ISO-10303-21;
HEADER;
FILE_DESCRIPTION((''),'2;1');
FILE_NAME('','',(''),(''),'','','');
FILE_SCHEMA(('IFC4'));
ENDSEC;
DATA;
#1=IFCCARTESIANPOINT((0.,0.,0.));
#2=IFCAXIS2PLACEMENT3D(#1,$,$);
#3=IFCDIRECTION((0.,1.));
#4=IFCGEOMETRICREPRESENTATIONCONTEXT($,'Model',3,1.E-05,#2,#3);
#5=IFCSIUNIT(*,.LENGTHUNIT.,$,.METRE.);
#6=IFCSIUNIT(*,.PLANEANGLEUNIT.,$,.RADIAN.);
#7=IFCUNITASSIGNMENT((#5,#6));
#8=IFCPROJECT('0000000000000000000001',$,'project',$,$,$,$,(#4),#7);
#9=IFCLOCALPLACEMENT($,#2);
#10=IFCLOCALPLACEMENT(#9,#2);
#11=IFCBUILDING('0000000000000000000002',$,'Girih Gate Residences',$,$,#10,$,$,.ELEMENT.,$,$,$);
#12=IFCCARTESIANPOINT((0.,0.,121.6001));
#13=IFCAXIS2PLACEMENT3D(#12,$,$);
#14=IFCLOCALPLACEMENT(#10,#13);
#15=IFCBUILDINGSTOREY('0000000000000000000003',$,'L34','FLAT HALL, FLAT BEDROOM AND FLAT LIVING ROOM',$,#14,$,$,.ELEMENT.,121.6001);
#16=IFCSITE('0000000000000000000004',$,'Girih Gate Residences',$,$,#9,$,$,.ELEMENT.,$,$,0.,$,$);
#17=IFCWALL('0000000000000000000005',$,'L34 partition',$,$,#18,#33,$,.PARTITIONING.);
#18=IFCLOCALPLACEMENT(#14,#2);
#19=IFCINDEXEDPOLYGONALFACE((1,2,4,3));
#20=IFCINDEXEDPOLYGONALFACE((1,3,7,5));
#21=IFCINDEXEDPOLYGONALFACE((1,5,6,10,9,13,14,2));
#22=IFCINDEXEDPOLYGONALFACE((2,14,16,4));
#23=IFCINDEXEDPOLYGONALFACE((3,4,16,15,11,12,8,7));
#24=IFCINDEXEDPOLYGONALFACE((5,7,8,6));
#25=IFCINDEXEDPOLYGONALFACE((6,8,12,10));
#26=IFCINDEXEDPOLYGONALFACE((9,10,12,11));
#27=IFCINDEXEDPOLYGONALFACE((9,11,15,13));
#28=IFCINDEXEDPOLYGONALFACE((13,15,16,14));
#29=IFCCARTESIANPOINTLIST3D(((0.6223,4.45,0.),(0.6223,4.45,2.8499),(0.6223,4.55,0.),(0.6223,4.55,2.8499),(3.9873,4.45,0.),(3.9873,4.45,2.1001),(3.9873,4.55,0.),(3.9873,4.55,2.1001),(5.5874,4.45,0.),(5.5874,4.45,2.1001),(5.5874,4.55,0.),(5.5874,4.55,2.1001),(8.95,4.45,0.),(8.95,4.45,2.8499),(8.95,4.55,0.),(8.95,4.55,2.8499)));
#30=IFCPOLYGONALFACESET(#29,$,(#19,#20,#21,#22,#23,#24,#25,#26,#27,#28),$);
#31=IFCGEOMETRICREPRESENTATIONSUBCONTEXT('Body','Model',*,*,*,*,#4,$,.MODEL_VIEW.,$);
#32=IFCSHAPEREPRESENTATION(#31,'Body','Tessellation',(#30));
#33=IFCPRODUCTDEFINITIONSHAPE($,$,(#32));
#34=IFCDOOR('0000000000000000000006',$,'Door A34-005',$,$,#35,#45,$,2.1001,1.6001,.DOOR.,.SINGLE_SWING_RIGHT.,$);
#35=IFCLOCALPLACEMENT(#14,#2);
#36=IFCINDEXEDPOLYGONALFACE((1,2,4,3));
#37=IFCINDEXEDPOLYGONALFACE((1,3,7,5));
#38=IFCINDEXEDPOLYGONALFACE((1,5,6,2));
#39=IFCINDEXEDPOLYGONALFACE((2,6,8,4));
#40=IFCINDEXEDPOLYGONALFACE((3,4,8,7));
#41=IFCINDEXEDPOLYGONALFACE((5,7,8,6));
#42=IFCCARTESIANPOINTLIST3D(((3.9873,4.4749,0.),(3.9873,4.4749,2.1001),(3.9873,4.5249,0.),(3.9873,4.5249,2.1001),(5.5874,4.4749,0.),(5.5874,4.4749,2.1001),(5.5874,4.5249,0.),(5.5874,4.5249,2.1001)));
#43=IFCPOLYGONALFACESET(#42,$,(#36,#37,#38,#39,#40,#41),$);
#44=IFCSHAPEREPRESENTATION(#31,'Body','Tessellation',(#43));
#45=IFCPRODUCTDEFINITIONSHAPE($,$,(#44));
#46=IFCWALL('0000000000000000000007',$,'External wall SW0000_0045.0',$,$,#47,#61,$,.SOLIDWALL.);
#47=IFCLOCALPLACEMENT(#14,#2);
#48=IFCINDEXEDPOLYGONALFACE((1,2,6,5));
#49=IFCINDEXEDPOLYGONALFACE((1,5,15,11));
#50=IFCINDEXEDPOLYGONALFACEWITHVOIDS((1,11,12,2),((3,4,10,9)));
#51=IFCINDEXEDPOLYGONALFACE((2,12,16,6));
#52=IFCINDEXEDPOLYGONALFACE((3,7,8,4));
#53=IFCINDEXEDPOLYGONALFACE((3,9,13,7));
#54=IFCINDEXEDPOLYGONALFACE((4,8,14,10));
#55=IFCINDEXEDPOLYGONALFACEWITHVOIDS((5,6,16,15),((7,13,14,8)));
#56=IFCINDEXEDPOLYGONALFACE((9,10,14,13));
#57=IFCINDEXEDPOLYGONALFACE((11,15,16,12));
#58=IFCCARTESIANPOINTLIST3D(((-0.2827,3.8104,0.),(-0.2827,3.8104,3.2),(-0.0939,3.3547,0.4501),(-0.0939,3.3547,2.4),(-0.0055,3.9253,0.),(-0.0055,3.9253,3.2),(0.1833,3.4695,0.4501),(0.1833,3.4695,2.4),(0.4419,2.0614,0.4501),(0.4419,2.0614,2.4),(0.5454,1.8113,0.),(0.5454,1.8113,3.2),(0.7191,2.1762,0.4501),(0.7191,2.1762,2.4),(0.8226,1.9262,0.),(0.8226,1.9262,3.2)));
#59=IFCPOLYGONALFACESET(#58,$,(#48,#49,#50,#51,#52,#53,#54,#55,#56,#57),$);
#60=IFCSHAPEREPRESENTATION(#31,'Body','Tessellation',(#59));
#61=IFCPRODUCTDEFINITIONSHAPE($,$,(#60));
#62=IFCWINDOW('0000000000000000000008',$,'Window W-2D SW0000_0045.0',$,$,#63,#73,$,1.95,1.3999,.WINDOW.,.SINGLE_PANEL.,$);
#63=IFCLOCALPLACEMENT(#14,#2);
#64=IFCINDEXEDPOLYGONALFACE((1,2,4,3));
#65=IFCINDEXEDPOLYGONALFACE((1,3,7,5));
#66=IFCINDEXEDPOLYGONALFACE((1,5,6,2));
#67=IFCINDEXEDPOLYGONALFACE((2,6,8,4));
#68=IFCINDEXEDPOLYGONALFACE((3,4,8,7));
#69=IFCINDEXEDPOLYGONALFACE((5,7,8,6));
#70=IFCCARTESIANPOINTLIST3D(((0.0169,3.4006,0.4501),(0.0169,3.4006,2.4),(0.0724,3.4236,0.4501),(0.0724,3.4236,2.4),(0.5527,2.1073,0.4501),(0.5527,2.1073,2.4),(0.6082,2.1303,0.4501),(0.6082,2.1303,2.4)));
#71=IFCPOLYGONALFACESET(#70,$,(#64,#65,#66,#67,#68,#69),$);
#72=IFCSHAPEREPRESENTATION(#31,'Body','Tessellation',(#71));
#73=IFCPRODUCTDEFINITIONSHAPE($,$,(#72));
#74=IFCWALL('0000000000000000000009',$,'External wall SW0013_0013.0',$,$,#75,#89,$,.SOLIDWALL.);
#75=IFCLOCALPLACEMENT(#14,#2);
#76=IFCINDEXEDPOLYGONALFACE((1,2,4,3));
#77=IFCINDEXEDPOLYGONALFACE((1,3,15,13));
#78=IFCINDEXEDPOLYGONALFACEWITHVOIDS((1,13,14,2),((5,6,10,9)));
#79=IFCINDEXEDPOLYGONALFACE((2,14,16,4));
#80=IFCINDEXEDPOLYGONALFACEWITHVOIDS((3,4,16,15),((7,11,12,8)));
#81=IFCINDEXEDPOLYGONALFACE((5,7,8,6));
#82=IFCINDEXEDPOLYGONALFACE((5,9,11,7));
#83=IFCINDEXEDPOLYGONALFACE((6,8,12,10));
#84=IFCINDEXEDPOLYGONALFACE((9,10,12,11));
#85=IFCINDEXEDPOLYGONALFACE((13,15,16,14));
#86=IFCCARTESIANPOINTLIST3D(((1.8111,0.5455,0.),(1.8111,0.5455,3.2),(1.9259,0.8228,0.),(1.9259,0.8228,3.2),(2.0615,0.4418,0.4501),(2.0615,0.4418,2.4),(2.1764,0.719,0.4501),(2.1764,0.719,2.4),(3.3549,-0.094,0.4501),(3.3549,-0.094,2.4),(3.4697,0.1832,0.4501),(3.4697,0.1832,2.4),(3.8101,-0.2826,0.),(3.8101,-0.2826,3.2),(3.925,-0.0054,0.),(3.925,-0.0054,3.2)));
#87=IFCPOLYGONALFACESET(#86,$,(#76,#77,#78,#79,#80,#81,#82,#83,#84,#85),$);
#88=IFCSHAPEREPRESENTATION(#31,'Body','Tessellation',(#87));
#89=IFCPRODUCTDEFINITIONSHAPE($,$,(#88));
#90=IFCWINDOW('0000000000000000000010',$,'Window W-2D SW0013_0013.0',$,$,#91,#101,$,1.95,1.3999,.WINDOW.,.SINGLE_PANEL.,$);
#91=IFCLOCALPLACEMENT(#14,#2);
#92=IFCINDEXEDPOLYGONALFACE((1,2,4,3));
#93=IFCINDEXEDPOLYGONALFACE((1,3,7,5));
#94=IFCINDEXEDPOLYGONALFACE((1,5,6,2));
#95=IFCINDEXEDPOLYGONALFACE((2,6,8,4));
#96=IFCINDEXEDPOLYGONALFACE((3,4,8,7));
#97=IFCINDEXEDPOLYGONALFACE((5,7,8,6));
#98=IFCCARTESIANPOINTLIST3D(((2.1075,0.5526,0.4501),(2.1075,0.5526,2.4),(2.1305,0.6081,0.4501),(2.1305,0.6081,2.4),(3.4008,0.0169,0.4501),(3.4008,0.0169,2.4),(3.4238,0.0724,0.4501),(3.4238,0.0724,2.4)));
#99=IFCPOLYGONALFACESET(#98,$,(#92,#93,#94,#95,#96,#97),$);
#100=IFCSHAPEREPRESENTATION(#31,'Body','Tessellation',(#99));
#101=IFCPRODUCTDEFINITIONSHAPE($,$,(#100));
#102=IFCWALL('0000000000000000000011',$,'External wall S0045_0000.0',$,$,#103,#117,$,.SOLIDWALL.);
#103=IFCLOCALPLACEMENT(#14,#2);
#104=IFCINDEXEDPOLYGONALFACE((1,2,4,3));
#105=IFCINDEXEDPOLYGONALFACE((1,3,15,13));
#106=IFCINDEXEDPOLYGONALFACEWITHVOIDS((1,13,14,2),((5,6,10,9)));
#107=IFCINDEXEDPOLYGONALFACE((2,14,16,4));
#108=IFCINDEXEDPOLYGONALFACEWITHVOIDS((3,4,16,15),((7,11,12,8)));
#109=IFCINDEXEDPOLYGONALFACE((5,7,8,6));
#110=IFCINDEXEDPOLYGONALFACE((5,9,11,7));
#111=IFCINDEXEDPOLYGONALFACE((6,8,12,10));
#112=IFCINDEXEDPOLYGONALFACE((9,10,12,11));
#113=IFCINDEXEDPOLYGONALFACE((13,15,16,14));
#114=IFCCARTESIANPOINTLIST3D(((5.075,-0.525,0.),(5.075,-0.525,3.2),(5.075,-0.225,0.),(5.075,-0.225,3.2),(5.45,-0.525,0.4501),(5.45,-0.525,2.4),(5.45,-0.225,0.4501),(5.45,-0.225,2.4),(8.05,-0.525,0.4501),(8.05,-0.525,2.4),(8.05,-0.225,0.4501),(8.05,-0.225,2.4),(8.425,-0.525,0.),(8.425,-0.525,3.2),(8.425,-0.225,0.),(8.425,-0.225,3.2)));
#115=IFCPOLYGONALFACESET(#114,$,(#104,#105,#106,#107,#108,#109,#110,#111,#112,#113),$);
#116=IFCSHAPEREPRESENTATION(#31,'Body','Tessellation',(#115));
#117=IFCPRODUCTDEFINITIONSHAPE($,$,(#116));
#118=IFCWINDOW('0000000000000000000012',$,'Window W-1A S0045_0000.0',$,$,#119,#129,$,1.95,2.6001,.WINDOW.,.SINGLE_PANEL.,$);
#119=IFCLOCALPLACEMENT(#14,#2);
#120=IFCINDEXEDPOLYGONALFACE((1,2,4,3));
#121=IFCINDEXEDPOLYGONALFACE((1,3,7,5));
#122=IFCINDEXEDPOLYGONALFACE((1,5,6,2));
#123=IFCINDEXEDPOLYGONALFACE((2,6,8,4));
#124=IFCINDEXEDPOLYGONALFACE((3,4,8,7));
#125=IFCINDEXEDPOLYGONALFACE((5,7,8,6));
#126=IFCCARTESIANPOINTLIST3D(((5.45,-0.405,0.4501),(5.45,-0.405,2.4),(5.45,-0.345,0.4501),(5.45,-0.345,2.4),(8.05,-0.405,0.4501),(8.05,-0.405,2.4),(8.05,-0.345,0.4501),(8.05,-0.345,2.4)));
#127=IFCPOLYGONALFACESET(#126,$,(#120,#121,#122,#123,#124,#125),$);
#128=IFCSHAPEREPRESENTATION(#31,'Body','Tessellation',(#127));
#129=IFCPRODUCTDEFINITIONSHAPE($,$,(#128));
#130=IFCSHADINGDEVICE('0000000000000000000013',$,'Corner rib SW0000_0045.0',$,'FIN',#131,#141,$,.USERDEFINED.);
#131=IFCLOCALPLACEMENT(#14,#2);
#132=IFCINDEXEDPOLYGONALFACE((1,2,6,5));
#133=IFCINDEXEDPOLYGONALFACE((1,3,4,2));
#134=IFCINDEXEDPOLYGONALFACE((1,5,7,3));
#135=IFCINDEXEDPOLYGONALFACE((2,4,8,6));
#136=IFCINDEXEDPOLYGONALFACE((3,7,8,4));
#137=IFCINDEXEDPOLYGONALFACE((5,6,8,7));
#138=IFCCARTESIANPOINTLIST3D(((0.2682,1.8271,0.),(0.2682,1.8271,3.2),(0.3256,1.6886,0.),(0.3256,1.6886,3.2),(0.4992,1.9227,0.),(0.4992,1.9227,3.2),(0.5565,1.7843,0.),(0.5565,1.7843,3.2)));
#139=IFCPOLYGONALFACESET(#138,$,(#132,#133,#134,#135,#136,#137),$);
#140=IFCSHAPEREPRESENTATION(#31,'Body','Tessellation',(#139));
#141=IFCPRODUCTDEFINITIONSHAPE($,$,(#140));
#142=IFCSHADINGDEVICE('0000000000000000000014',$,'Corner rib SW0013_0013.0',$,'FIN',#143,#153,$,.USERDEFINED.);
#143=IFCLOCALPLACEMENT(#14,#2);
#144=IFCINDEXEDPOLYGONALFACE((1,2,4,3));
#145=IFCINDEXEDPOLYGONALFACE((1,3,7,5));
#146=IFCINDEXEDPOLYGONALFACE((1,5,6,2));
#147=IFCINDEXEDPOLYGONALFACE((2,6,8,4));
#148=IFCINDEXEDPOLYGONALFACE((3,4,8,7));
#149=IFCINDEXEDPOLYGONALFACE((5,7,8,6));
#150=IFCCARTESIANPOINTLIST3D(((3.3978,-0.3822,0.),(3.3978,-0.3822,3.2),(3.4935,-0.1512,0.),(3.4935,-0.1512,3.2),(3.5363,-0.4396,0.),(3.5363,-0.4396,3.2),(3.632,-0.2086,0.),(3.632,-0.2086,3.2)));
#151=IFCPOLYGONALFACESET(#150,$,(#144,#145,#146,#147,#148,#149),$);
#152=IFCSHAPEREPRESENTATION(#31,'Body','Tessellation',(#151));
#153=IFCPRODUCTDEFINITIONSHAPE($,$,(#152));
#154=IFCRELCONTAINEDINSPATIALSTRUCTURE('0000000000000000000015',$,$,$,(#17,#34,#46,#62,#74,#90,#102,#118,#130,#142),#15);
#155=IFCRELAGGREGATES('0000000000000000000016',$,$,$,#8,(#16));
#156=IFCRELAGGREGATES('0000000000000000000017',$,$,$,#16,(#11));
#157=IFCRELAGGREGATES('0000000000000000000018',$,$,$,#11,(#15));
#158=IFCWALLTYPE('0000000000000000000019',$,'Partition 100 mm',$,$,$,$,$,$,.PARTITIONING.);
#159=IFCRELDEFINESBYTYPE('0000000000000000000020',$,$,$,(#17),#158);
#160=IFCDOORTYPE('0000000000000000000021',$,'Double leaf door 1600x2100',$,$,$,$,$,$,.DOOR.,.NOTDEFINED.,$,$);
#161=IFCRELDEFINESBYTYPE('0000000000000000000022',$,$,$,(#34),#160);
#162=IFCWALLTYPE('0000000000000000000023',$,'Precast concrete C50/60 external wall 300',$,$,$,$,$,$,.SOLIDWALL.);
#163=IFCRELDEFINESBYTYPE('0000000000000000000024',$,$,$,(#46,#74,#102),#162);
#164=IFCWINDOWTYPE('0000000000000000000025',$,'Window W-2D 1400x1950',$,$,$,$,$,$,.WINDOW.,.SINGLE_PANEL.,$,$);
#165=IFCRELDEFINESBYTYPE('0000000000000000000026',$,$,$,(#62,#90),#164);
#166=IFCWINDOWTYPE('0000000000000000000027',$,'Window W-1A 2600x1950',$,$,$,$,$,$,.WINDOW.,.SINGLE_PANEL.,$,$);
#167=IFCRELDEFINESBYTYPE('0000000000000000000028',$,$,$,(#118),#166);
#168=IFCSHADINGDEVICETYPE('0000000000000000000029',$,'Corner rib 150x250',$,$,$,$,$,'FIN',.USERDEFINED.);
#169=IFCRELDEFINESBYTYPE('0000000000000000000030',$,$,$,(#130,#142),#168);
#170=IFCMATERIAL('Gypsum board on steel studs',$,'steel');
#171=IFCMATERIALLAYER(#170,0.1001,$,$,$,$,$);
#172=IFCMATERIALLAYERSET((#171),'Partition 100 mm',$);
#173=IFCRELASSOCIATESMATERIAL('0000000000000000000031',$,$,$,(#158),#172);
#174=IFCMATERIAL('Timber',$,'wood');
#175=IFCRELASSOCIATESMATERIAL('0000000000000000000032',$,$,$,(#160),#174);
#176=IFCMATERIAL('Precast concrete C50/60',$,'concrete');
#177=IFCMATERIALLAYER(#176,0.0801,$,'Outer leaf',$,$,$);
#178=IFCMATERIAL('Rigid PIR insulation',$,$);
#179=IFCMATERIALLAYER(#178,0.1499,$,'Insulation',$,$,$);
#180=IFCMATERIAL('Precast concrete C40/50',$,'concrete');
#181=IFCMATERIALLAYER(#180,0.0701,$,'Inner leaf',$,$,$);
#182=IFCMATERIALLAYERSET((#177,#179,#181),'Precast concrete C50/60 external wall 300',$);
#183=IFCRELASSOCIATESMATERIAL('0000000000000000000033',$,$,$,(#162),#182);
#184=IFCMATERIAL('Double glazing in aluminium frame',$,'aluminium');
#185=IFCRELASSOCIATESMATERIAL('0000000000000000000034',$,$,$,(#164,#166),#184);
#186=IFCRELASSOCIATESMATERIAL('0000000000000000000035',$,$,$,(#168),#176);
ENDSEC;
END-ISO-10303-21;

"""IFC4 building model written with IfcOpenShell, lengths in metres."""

from ifc_helpers import new_model, si_unit, direction, frame, frame_2d, origin, origin_2d, place, context, subcontext, project, spatial, rectangle, extrude, material, layer, layer_set, type_object, element, fill, save


model = new_model("IFC4")

# Units and contexts
model_context = context("Model", 3, precision=1e-05, world=origin(), true_north=direction((0.0, 1.0)))
body_context = subcontext(model_context, "Body", "Model", "MODEL_VIEW")
ifc_project = project(units=[si_unit("LENGTHUNIT", "METRE"), si_unit("PLANEANGLEUNIT", "RADIAN")], contexts=[model_context])

# Site, building, storey
site_placement = place(None, origin())
site = spatial("IfcSite", under=ifc_project, at=site_placement, Name="Girih Gate Residences", CompositionType="ELEMENT", RefElevation=0.0)
building_placement = place(site_placement, origin())
building = spatial("IfcBuilding", under=site, at=building_placement, Name="Girih Gate Residences", CompositionType="ELEMENT")
storey_placement = place(building_placement, frame((0.0, 0.0, 121.6001)))
storey = spatial("IfcBuildingStorey", under=building, at=storey_placement, Name="L34", Description="FLAT HALL, FLAT BEDROOM AND FLAT LIVING ROOM", CompositionType="ELEMENT", Elevation=121.6001)

# Wall, opening, door
ifc_material_1 = material(Name="Gypsum board on steel studs", Category="steel")
ifc_layer_1 = layer(ifc_material_1, 0.1001)
ifc_layer_set_1 = layer_set([ifc_layer_1], Name="Partition 100 mm")
wall_type_1 = type_object("IfcWallType", Name="Partition 100 mm", PredefinedType="PARTITIONING", material=ifc_layer_set_1)
wall_1_placement = place(storey_placement, frame((0.6223, 4.5, 0.0), z_axis=(0.0, 0.0, 1.0), x_axis=(1.0, 0.0, 0.0)))
wall_1 = element("IfcWall", 1, at=wall_1_placement, inside=storey, type_object=wall_type_1, Name="L34 partition", PredefinedType="PARTITIONING", context=body_context, shape_type="SweptSolid", body=[
    extrude(rectangle(XDim=8.3276, YDim=0.1001, at=frame_2d((4.1638, 0.0))), origin(), (0.0, 0.0, 1.0), 2.8499),
])
opening_1_placement = place(wall_1_placement, frame((3.365, 0.0, 0.0)))
opening_1 = element("IfcOpeningElement", 2, at=opening_1_placement, cuts=wall_1, PredefinedType="OPENING", context=body_context, shape_type="SweptSolid", body=[
    extrude(rectangle(XDim=1.6001, YDim=2.1001, at=frame_2d((0.8, 1.05))), frame((0.0, 0.0601, 0.0), z_axis=(0.0, -1.0, 0.0), x_axis=(1.0, 0.0, 0.0)), (0.0, 0.0, 1.0), 0.1201),
])
ifc_material_2 = material(Name="Timber", Category="wood")
door_type = type_object("IfcDoorType", Name="Double leaf door 1600x2100", OperationType="NOTDEFINED", PredefinedType="DOOR", material=ifc_material_2)
door_placement = place(opening_1_placement, origin())
door = element("IfcDoor", 3, at=door_placement, inside=storey, type_object=door_type, Name="Door A34-005", OperationType="SINGLE_SWING_RIGHT", OverallHeight=2.1001, OverallWidth=1.6001, PredefinedType="DOOR", context=body_context, shape_type="SweptSolid", body=[
    extrude(rectangle(XDim=1.6001, YDim=2.1001, at=frame_2d((0.8, 1.05))), frame((0.0, 0.0249, 0.0), z_axis=(0.0, -1.0, 0.0), x_axis=(1.0, 0.0, 0.0)), (0.0, 0.0, 1.0), 0.05),
])
fill(opening_1, door)

# Walls, openings, windows
ifc_material_3 = material(Name="Precast concrete C50/60", Category="concrete")
ifc_layer_2 = layer(ifc_material_3, 0.0801, Name="Outer leaf")
ifc_material_4 = material(Name="Rigid PIR insulation")
ifc_layer_3 = layer(ifc_material_4, 0.1499, Name="Insulation")
ifc_material_5 = material(Name="Precast concrete C40/50", Category="concrete")
ifc_layer_4 = layer(ifc_material_5, 0.0701, Name="Inner leaf")
ifc_layer_set_2 = layer_set([ifc_layer_2, ifc_layer_3, ifc_layer_4], Name="Precast concrete C50/60 external wall 300")
wall_type_2 = type_object("IfcWallType", Name="Precast concrete C50/60 external wall 300", PredefinedType="SOLIDWALL", material=ifc_layer_set_2)
wall_2_placement = place(storey_placement, frame((0.6841, 1.8687, 0.0), z_axis=(0.0, 0.0, 1.0), x_axis=(-0.382724, 0.923863, 0.0)))
wall_2 = element("IfcWall", 4, at=wall_2_placement, inside=storey, type_object=wall_type_2, Name="External wall SW0000_0045.0", PredefinedType="SOLIDWALL", context=body_context, shape_type="SweptSolid", body=[
    extrude(rectangle(XDim=2.1638, YDim=0.3, at=frame_2d((1.082, 0.0))), origin(), (0.0, 0.0, 1.0), 3.2),
])
opening_2_placement = place(wall_2_placement, frame((0.2708, 0.0, 0.45)))
opening_2 = element("IfcOpeningElement", 5, at=opening_2_placement, cuts=wall_2, PredefinedType="OPENING", context=body_context, shape_type="SweptSolid", body=[
    extrude(rectangle(XDim=1.3999, YDim=1.95, at=frame_2d((0.7, 0.9751))), frame((0.0, 0.1599, 0.0), z_axis=(0.0, -1.0, 0.0), x_axis=(1.0, 0.0, 0.0)), (0.0, 0.0, 1.0), 0.3201),
])
ifc_material_6 = material(Name="Double glazing in aluminium frame", Category="aluminium")
window_type_1 = type_object("IfcWindowType", Name="Window W-2D 1400x1950", PartitioningType="SINGLE_PANEL", PredefinedType="WINDOW", material=ifc_material_6)
window_1_placement = place(opening_2_placement, origin())
window_1 = element("IfcWindow", 6, at=window_1_placement, inside=storey, type_object=window_type_1, Name="Window W-2D SW0000_0045.0", OverallHeight=1.95, OverallWidth=1.3999, PartitioningType="SINGLE_PANEL", PredefinedType="WINDOW", context=body_context, shape_type="SweptSolid", body=[
    extrude(rectangle(XDim=1.3999, YDim=1.95, at=frame_2d((0.7, 0.9751))), frame((0.0, 0.03, 0.0), z_axis=(0.0, -1.0, 0.0), x_axis=(1.0, 0.0, 0.0)), (0.0, 0.0, 1.0), 0.0601),
])
fill(opening_2, window_1)
wall_3_placement = place(storey_placement, frame((3.8677, -0.144, 0.0), z_axis=(0.0, 0.0, 1.0), x_axis=(-0.923863, 0.382724, 0.0)))
wall_3 = element("IfcWall", 7, at=wall_3_placement, inside=storey, type_object=wall_type_2, Name="External wall SW0013_0013.0", PredefinedType="SOLIDWALL", context=body_context, shape_type="SweptSolid", body=[
    extrude(rectangle(XDim=2.1638, YDim=0.3, at=frame_2d((1.082, 0.0))), origin(), (0.0, 0.0, 1.0), 3.2),
])
opening_3_placement = place(wall_3_placement, frame((0.4929, 0.0, 0.45)))
opening_3 = element("IfcOpeningElement", 8, at=opening_3_placement, cuts=wall_3, PredefinedType="OPENING", context=body_context, shape_type="SweptSolid", body=[
    extrude(rectangle(XDim=1.3999, YDim=1.95, at=frame_2d((0.7, 0.9751))), frame((0.0, 0.1599, 0.0), z_axis=(0.0, -1.0, 0.0), x_axis=(1.0, 0.0, 0.0)), (0.0, 0.0, 1.0), 0.3201),
])
window_2_placement = place(opening_3_placement, origin())
window_2 = element("IfcWindow", 9, at=window_2_placement, inside=storey, type_object=window_type_1, Name="Window W-2D SW0013_0013.0", OverallHeight=1.95, OverallWidth=1.3999, PartitioningType="SINGLE_PANEL", PredefinedType="WINDOW", context=body_context, shape_type="SweptSolid", body=[
    extrude(rectangle(XDim=1.3999, YDim=1.95, at=frame_2d((0.7, 0.9751))), frame((0.0, 0.03, 0.0), z_axis=(0.0, -1.0, 0.0), x_axis=(1.0, 0.0, 0.0)), (0.0, 0.0, 1.0), 0.0601),
])
fill(opening_3, window_2)
wall_4_placement = place(storey_placement, frame((8.425, -0.375, 0.0), z_axis=(0.0, 0.0, 1.0), x_axis=(-1.0, 0.0, 0.0)))
wall_4 = element("IfcWall", 10, at=wall_4_placement, inside=storey, type_object=wall_type_2, Name="External wall S0045_0000.0", PredefinedType="SOLIDWALL", context=body_context, shape_type="SweptSolid", body=[
    extrude(rectangle(XDim=3.3501, YDim=0.3, at=frame_2d((1.675, 0.0))), origin(), (0.0, 0.0, 1.0), 3.2),
])
opening_4_placement = place(wall_4_placement, frame((0.375, 0.0, 0.45)))
opening_4 = element("IfcOpeningElement", 11, at=opening_4_placement, cuts=wall_4, PredefinedType="OPENING", context=body_context, shape_type="SweptSolid", body=[
    extrude(rectangle(XDim=2.6001, YDim=1.95, at=frame_2d((1.3, 0.9751))), frame((0.0, 0.1599, 0.0), z_axis=(0.0, -1.0, 0.0), x_axis=(1.0, 0.0, 0.0)), (0.0, 0.0, 1.0), 0.3201),
])
window_type_2 = type_object("IfcWindowType", Name="Window W-1A 2600x1950", PartitioningType="SINGLE_PANEL", PredefinedType="WINDOW", material=ifc_material_6)
window_3_placement = place(opening_4_placement, origin())
window_3 = element("IfcWindow", 12, at=window_3_placement, inside=storey, type_object=window_type_2, Name="Window W-1A S0045_0000.0", OverallHeight=1.95, OverallWidth=2.6001, PartitioningType="SINGLE_PANEL", PredefinedType="WINDOW", context=body_context, shape_type="SweptSolid", body=[
    extrude(rectangle(XDim=2.6001, YDim=1.95, at=frame_2d((1.3, 0.9751))), frame((0.0, 0.03, 0.0), z_axis=(0.0, -1.0, 0.0), x_axis=(1.0, 0.0, 0.0)), (0.0, 0.0, 1.0), 0.0601),
])
fill(opening_4, window_3)

# Shading devices
shading_device_type = type_object("IfcShadingDeviceType", Name="Corner rib 150x250", ElementType="FIN", PredefinedType="USERDEFINED", material=ifc_material_3)
for number, where, z_axis, x_axis, name in (
    (13, (0.4124, 1.8057, 0.0), (0.0, 0.0, 1.0), (0.382683, -0.92388, 0.0), "Corner rib SW0000_0045.0"),
    (14, (3.5149, -0.2954, 0.0), (0.0, 0.0, 1.0), (0.92388, -0.382683, 0.0), "Corner rib SW0013_0013.0"),
):
    element("IfcShadingDevice", number, at=place(storey_placement, frame(where, z_axis=z_axis, x_axis=x_axis)), inside=storey, type_object=shading_device_type, Name=name, ObjectType="FIN", PredefinedType="USERDEFINED", context=body_context, shape_type="SweptSolid", body=[
        extrude(rectangle(XDim=0.1499, YDim=0.25, at=origin_2d()), origin(), (0.0, 0.0, 1.0), 3.2),
    ])

save(model, "model.ifc")
